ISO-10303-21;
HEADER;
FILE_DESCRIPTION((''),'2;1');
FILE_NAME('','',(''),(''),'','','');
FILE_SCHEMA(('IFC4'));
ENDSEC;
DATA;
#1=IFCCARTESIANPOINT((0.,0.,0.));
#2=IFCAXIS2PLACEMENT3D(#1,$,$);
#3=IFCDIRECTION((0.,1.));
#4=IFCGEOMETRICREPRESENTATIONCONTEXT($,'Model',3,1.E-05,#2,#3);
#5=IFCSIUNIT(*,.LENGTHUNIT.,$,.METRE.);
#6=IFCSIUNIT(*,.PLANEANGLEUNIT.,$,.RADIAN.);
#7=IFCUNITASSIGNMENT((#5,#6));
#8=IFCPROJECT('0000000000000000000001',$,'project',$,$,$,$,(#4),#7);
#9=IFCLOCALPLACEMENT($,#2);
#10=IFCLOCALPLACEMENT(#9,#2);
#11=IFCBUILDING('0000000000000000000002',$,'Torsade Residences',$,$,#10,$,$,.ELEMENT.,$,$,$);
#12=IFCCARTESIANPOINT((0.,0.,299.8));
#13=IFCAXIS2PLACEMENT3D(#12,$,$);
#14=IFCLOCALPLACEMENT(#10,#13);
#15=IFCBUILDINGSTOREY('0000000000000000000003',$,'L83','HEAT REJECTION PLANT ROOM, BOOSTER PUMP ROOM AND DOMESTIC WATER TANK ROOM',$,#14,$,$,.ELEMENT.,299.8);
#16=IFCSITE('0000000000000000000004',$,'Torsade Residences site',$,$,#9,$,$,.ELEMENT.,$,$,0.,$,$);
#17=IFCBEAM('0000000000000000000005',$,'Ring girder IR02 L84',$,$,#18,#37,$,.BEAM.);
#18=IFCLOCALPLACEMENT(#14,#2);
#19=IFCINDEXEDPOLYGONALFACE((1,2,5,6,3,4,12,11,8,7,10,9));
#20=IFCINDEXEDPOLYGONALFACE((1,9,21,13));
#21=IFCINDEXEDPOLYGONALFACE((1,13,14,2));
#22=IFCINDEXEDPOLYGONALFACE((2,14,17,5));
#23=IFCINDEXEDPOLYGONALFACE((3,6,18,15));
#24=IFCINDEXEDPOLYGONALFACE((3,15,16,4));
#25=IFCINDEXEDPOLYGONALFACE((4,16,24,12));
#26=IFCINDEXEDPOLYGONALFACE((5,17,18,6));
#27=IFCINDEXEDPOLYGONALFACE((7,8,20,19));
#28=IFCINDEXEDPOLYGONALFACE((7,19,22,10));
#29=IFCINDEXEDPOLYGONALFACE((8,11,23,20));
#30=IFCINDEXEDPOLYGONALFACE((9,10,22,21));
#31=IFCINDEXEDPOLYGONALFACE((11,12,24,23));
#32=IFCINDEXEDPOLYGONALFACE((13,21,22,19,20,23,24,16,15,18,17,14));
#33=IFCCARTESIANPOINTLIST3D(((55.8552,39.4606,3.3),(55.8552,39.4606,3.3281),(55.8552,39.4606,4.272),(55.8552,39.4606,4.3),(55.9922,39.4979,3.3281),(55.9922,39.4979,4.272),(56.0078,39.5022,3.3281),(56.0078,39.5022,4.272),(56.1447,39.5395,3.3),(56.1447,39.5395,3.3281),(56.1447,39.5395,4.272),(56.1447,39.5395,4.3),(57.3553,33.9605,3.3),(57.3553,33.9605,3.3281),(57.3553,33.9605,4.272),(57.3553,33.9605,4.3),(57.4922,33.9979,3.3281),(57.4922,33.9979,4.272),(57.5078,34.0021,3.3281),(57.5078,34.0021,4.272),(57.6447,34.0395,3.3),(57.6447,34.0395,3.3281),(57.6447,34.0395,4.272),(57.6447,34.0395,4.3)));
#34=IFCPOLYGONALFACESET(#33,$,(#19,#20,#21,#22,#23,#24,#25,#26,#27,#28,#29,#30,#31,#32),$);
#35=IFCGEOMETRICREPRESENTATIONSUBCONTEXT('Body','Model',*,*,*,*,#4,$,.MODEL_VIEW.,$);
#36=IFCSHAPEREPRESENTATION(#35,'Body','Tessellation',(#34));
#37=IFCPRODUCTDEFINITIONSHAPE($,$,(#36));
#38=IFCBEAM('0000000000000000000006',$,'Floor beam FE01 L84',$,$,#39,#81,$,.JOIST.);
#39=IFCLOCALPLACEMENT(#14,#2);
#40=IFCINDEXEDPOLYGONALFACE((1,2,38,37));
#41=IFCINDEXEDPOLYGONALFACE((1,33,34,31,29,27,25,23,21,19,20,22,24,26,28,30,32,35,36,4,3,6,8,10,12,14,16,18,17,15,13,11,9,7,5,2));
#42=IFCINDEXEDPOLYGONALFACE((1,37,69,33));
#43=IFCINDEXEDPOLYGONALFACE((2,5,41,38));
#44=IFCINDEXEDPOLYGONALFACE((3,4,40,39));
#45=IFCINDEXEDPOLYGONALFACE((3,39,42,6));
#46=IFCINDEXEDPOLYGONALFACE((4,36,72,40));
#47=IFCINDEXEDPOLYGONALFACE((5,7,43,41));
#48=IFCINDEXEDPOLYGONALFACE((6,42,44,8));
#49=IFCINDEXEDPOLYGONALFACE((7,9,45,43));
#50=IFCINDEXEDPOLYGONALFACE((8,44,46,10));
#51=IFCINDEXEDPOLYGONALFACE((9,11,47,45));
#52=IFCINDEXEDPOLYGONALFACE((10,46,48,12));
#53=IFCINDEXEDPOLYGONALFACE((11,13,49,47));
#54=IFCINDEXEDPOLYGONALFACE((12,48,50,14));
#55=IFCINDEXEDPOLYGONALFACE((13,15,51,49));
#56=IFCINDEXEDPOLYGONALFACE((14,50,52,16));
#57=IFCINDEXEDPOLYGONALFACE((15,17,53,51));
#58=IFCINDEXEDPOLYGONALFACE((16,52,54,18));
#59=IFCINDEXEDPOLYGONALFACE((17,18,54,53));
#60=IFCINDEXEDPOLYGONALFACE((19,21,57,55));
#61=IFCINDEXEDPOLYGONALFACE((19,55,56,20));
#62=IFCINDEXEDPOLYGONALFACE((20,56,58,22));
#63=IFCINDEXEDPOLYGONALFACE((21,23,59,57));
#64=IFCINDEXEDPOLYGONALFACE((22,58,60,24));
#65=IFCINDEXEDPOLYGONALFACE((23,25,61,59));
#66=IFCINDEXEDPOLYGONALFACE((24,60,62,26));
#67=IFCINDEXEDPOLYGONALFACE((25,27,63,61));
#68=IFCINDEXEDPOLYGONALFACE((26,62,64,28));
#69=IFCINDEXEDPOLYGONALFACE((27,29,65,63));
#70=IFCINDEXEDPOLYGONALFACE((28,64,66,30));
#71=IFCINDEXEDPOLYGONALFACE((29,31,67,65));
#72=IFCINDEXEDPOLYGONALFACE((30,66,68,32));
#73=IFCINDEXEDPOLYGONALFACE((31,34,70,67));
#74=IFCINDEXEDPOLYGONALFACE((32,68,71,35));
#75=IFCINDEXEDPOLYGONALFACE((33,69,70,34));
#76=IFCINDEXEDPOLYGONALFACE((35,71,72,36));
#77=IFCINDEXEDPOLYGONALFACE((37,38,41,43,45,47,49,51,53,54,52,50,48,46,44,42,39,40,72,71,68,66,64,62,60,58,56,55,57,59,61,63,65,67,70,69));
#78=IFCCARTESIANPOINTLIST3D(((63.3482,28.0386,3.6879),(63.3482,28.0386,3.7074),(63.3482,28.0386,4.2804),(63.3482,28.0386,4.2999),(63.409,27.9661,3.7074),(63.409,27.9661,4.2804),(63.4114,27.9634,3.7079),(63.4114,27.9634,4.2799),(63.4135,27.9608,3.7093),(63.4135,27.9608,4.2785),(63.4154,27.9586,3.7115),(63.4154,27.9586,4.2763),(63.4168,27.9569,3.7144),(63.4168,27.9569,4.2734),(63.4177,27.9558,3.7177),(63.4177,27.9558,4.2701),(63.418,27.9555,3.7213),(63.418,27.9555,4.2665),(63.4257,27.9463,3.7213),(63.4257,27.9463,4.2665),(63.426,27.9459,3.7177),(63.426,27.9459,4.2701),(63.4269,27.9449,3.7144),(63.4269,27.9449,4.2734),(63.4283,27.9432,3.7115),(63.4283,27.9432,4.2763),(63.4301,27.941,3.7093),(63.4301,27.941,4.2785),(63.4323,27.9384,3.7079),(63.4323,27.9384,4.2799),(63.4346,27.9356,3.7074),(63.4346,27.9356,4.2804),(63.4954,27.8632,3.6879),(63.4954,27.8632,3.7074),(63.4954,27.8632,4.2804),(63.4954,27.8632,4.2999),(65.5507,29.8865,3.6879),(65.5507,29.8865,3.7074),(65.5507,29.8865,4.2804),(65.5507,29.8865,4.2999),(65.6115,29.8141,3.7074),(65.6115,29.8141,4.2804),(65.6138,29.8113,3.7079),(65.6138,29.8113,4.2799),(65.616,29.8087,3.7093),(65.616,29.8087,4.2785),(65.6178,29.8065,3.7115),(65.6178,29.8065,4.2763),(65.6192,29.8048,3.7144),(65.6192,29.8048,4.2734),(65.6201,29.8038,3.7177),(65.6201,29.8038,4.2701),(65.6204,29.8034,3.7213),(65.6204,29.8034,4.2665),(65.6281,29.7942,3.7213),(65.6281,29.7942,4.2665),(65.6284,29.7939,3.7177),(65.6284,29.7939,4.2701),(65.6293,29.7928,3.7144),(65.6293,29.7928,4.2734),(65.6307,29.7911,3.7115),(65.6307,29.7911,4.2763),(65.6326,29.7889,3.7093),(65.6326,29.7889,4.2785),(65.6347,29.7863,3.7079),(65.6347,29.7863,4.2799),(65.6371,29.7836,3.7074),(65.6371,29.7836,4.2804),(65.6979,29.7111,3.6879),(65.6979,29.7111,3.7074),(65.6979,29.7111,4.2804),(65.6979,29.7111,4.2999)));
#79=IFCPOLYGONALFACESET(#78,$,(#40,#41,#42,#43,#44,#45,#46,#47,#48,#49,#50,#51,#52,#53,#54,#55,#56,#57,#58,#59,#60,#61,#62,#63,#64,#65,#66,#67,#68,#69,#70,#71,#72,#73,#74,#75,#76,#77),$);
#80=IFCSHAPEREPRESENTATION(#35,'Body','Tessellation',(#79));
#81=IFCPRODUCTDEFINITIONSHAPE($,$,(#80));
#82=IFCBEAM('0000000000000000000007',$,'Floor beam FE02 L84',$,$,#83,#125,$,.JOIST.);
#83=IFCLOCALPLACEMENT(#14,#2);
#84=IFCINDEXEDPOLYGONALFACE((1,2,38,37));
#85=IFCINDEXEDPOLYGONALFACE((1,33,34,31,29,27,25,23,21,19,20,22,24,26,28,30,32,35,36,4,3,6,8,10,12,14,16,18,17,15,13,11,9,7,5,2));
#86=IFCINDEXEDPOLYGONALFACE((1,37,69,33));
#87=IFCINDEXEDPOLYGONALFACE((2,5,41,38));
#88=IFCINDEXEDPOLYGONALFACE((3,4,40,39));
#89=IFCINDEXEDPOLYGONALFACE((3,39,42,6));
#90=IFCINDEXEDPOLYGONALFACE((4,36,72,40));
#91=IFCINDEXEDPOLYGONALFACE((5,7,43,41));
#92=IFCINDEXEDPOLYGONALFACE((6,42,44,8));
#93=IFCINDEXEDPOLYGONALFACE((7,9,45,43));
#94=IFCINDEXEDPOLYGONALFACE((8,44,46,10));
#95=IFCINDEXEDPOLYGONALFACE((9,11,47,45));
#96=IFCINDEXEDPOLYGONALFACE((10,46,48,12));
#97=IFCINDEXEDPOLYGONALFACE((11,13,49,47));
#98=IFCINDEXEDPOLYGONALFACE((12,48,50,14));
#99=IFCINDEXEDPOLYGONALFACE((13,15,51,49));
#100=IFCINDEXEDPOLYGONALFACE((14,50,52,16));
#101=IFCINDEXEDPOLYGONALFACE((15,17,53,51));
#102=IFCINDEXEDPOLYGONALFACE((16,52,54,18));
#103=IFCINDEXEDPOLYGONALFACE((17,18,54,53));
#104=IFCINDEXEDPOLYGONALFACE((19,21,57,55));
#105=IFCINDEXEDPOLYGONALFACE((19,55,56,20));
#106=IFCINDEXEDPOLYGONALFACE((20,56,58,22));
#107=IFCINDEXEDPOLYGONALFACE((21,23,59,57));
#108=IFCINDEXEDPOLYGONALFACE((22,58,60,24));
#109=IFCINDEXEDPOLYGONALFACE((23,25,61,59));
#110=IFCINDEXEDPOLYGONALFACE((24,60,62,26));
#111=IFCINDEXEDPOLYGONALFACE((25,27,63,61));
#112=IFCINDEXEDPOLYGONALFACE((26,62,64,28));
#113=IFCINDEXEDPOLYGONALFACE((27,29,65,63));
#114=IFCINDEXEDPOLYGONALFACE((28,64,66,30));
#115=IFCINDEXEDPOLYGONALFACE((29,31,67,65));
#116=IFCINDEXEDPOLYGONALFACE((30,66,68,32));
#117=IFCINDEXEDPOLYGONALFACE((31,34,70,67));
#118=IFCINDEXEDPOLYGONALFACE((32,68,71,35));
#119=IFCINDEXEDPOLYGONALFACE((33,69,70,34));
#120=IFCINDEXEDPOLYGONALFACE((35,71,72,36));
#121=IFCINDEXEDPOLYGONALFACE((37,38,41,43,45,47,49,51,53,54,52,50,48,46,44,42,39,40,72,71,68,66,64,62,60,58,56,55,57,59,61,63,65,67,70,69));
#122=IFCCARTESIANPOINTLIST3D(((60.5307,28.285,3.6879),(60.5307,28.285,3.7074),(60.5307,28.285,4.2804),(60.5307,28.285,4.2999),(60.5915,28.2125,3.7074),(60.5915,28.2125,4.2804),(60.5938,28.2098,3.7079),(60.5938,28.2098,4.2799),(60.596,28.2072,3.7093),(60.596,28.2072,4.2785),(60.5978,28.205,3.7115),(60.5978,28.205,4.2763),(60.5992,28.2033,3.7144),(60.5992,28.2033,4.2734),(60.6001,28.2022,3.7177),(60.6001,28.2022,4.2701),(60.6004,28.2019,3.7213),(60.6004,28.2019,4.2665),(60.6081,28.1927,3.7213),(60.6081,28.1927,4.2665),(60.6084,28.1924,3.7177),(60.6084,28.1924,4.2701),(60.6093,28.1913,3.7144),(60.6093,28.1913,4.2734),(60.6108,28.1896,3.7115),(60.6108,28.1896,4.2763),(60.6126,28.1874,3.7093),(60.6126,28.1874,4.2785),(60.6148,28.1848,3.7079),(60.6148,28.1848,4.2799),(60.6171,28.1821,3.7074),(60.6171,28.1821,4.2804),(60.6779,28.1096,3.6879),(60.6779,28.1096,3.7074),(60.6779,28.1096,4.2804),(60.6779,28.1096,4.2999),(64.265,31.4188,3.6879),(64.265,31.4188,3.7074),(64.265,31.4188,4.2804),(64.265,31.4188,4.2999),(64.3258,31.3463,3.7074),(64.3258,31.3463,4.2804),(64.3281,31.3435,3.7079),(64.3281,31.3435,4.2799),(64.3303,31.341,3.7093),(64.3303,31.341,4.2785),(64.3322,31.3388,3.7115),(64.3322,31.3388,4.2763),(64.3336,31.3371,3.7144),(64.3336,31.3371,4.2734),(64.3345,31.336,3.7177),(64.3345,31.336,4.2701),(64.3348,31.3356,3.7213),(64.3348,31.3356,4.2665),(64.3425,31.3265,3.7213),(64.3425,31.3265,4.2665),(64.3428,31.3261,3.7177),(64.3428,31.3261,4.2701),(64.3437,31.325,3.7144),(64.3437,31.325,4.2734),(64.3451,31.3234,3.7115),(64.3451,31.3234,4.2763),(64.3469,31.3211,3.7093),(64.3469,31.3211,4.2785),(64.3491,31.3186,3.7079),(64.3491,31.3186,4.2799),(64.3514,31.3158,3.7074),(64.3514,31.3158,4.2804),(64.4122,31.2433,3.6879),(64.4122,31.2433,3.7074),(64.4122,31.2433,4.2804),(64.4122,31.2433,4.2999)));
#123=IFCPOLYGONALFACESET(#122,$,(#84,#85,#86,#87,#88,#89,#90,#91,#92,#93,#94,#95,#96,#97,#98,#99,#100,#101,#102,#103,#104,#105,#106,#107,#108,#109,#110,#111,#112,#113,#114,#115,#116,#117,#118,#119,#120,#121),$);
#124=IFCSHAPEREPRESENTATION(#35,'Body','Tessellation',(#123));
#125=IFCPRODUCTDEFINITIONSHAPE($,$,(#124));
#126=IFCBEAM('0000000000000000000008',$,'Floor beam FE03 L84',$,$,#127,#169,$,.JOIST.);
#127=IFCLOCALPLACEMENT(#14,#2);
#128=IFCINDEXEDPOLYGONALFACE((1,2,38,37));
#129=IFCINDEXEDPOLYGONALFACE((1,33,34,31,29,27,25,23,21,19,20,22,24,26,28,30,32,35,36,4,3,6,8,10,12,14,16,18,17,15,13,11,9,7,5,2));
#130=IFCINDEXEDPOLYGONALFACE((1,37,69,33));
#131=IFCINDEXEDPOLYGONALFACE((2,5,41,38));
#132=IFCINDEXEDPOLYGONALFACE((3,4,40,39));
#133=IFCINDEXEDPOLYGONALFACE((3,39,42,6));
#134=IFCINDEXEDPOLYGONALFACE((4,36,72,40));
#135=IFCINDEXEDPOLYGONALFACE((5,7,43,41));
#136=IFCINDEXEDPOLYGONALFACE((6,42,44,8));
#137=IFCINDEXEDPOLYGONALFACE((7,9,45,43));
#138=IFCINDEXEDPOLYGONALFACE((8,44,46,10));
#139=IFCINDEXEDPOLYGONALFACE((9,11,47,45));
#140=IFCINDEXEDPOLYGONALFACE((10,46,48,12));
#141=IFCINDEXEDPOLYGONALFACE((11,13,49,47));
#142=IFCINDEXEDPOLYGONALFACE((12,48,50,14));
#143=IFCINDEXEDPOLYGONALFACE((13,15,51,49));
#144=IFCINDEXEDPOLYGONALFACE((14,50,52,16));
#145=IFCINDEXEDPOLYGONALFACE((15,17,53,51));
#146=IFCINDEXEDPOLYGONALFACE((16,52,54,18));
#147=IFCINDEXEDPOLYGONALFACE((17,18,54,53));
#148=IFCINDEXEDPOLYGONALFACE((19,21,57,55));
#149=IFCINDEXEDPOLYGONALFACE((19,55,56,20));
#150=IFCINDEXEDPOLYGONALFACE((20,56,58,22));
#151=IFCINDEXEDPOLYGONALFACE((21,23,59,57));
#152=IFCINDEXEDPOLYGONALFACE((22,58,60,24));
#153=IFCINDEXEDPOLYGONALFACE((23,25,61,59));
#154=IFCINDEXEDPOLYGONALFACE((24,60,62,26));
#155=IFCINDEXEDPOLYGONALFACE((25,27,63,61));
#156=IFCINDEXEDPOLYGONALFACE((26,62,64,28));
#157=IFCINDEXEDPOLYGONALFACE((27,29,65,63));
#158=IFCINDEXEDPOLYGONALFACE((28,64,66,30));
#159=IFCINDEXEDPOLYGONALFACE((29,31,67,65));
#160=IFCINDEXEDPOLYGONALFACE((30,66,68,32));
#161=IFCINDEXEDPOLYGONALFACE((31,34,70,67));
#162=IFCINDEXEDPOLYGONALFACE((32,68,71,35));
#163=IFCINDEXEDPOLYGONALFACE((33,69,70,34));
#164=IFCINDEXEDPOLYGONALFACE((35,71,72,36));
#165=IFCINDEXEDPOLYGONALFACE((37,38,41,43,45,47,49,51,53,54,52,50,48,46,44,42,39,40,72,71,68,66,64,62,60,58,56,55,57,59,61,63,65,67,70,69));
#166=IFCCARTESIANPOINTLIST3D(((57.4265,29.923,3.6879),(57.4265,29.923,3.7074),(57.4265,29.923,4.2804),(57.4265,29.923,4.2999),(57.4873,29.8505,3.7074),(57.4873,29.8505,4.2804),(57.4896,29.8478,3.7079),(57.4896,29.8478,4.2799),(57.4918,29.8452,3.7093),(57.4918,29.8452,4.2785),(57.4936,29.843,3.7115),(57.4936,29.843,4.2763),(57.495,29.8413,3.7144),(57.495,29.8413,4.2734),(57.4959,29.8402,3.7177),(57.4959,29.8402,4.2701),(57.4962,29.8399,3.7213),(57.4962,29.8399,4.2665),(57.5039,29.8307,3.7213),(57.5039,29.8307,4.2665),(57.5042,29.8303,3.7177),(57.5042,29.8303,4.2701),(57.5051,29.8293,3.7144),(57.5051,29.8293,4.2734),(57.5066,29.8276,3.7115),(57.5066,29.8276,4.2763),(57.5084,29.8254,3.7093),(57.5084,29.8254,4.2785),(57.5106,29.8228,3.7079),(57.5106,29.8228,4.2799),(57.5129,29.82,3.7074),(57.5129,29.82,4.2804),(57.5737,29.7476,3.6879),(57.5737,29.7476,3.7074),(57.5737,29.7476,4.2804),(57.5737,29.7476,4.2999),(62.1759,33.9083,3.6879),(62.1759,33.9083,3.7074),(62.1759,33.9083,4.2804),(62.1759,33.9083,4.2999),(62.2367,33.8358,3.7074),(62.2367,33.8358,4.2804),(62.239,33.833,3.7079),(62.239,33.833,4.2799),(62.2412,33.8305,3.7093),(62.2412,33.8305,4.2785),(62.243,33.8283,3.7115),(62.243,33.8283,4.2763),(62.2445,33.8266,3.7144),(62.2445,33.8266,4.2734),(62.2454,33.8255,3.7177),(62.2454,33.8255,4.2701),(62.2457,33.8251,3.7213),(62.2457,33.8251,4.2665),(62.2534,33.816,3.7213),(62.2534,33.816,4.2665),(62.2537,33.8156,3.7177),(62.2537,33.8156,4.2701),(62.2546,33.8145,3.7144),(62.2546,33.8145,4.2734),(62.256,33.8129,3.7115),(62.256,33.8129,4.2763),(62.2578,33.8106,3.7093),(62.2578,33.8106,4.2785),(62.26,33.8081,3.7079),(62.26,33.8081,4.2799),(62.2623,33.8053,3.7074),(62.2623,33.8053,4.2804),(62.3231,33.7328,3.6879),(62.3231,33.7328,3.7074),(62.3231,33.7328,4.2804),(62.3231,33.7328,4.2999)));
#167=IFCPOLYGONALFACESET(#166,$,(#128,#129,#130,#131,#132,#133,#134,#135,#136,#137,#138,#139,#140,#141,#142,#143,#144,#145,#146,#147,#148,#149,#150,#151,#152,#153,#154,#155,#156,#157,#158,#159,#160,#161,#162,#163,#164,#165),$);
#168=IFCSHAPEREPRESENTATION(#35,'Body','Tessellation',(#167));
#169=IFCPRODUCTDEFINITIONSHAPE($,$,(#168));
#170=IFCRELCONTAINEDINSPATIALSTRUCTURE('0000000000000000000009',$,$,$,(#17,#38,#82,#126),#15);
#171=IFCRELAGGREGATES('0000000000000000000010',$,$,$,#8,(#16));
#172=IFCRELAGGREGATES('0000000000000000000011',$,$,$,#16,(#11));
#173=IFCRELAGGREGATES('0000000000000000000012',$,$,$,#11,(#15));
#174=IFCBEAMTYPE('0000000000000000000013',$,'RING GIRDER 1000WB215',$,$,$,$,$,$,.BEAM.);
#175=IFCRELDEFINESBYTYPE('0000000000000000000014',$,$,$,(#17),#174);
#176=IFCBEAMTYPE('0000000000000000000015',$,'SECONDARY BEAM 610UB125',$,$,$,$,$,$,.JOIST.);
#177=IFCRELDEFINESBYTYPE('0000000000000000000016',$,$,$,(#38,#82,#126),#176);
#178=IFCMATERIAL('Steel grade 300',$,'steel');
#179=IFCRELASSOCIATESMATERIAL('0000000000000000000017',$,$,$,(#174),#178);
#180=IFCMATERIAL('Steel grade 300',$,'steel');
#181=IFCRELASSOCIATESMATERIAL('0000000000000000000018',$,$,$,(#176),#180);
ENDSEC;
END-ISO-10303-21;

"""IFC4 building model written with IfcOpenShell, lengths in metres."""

from ifc_helpers import new_model, si_unit, direction, frame, origin, origin_2d, place, context, subcontext, project, spatial, i_section, extrude, material, material_profile, profile_set, type_object, element, save


model = new_model("IFC4")

# Units and contexts
model_context = context("Model", 3, precision=1e-05, world=origin(), true_north=direction((0.0, 1.0)))
body_context = subcontext(model_context, "Body", "Model", "MODEL_VIEW")
ifc_project = project(units=[si_unit("LENGTHUNIT", "METRE"), si_unit("PLANEANGLEUNIT", "RADIAN")], contexts=[model_context])

# Site, building, storey
site_placement = place(None, origin())
site = spatial("IfcSite", under=ifc_project, at=site_placement, Name="Torsade Residences site", CompositionType="ELEMENT", RefElevation=0.0)
building_placement = place(site_placement, origin())
building = spatial("IfcBuilding", under=site, at=building_placement, Name="Torsade Residences", CompositionType="ELEMENT")
storey_placement = place(building_placement, frame((0.0, 0.0, 299.8)))
storey = spatial("IfcBuildingStorey", under=building, at=storey_placement, Name="L83", Description="HEAT REJECTION PLANT ROOM, BOOSTER PUMP ROOM AND DOMESTIC WATER TANK ROOM", CompositionType="ELEMENT", Elevation=299.8)

# Beams
ifc_material_1 = material(Name="Steel grade 300", Category="steel")
ifc_material_profile_1 = material_profile(ifc_material_1, i_section(OverallWidth=0.3, OverallDepth=1.0, WebThickness=0.0161, FlangeThickness=0.0281, at=origin_2d()), Name="1000WB215")
ifc_profile_set_1 = profile_set([ifc_material_profile_1], Name="Steel grade 300")
beam_type_1 = type_object("IfcBeamType", Name="RING GIRDER 1000WB215", PredefinedType="BEAM", material=ifc_profile_set_1)
beam_1_placement = place(storey_placement, frame((57.5, 34.0, 3.8), z_axis=(-0.263117, 0.964764, 0.0), x_axis=(-0.964764, -0.263117, 0.0)))
element("IfcBeam", 1, at=beam_1_placement, inside=storey, type_object=beam_type_1, Name="Ring girder IR02 L84", PredefinedType="BEAM", context=body_context, shape_type="SweptSolid", body=[
    extrude(i_section(OverallWidth=0.3, OverallDepth=1.0, WebThickness=0.0161, FlangeThickness=0.0281, at=origin_2d()), origin(), (0.0, 0.0, 1.0), 5.7009),
])
ifc_material_2 = material(Name="Steel grade 300", Category="steel")
ifc_material_profile_2 = material_profile(ifc_material_2, i_section(OverallWidth=0.229, OverallDepth=0.6121, WebThickness=0.012, FlangeThickness=0.0195, FilletRadius=0.0139, at=origin_2d()), Name="610UB125")
ifc_profile_set_2 = profile_set([ifc_material_profile_2], Name="Steel grade 300")
beam_type_2 = type_object("IfcBeamType", Name="SECONDARY BEAM 610UB125", PredefinedType="JOIST", material=ifc_profile_set_2)
beam_2_placement = place(storey_placement, frame((65.6243, 29.7988, 3.9939), z_axis=(-0.766066, -0.642762, 0.0), x_axis=(0.642762, -0.766066, 0.0)))
element("IfcBeam", 2, at=beam_2_placement, inside=storey, type_object=beam_type_2, Name="Floor beam FE01 L84", PredefinedType="JOIST", context=body_context, shape_type="SweptSolid", body=[
    extrude(i_section(OverallWidth=0.229, OverallDepth=0.6121, WebThickness=0.012, FlangeThickness=0.0195, FilletRadius=0.0139, at=origin_2d()), origin(), (0.0, 0.0, 1.0), 2.875),
])
beam_3_placement = place(storey_placement, frame((64.3386, 31.3311, 3.9939), z_axis=(-0.766017, -0.642821, 0.0), x_axis=(0.642821, -0.766017, 0.0)))
element("IfcBeam", 3, at=beam_3_placement, inside=storey, type_object=beam_type_2, Name="Floor beam FE02 L84", PredefinedType="JOIST", context=body_context, shape_type="SweptSolid", body=[
    extrude(i_section(OverallWidth=0.229, OverallDepth=0.6121, WebThickness=0.012, FlangeThickness=0.0195, FilletRadius=0.0139, at=origin_2d()), origin(), (0.0, 0.0, 1.0), 4.875),
])
beam_4_placement = place(storey_placement, frame((62.2495, 33.8206, 3.9939), z_axis=(-0.766041, -0.642791, 0.0), x_axis=(0.642791, -0.766041, 0.0)))
element("IfcBeam", 4, at=beam_4_placement, inside=storey, type_object=beam_type_2, Name="Floor beam FE03 L84", PredefinedType="JOIST", context=body_context, shape_type="SweptSolid", body=[
    extrude(i_section(OverallWidth=0.229, OverallDepth=0.6121, WebThickness=0.012, FlangeThickness=0.0195, FilletRadius=0.0139, at=origin_2d()), origin(), (0.0, 0.0, 1.0), 6.2),
])

save(model, "model.ifc")
